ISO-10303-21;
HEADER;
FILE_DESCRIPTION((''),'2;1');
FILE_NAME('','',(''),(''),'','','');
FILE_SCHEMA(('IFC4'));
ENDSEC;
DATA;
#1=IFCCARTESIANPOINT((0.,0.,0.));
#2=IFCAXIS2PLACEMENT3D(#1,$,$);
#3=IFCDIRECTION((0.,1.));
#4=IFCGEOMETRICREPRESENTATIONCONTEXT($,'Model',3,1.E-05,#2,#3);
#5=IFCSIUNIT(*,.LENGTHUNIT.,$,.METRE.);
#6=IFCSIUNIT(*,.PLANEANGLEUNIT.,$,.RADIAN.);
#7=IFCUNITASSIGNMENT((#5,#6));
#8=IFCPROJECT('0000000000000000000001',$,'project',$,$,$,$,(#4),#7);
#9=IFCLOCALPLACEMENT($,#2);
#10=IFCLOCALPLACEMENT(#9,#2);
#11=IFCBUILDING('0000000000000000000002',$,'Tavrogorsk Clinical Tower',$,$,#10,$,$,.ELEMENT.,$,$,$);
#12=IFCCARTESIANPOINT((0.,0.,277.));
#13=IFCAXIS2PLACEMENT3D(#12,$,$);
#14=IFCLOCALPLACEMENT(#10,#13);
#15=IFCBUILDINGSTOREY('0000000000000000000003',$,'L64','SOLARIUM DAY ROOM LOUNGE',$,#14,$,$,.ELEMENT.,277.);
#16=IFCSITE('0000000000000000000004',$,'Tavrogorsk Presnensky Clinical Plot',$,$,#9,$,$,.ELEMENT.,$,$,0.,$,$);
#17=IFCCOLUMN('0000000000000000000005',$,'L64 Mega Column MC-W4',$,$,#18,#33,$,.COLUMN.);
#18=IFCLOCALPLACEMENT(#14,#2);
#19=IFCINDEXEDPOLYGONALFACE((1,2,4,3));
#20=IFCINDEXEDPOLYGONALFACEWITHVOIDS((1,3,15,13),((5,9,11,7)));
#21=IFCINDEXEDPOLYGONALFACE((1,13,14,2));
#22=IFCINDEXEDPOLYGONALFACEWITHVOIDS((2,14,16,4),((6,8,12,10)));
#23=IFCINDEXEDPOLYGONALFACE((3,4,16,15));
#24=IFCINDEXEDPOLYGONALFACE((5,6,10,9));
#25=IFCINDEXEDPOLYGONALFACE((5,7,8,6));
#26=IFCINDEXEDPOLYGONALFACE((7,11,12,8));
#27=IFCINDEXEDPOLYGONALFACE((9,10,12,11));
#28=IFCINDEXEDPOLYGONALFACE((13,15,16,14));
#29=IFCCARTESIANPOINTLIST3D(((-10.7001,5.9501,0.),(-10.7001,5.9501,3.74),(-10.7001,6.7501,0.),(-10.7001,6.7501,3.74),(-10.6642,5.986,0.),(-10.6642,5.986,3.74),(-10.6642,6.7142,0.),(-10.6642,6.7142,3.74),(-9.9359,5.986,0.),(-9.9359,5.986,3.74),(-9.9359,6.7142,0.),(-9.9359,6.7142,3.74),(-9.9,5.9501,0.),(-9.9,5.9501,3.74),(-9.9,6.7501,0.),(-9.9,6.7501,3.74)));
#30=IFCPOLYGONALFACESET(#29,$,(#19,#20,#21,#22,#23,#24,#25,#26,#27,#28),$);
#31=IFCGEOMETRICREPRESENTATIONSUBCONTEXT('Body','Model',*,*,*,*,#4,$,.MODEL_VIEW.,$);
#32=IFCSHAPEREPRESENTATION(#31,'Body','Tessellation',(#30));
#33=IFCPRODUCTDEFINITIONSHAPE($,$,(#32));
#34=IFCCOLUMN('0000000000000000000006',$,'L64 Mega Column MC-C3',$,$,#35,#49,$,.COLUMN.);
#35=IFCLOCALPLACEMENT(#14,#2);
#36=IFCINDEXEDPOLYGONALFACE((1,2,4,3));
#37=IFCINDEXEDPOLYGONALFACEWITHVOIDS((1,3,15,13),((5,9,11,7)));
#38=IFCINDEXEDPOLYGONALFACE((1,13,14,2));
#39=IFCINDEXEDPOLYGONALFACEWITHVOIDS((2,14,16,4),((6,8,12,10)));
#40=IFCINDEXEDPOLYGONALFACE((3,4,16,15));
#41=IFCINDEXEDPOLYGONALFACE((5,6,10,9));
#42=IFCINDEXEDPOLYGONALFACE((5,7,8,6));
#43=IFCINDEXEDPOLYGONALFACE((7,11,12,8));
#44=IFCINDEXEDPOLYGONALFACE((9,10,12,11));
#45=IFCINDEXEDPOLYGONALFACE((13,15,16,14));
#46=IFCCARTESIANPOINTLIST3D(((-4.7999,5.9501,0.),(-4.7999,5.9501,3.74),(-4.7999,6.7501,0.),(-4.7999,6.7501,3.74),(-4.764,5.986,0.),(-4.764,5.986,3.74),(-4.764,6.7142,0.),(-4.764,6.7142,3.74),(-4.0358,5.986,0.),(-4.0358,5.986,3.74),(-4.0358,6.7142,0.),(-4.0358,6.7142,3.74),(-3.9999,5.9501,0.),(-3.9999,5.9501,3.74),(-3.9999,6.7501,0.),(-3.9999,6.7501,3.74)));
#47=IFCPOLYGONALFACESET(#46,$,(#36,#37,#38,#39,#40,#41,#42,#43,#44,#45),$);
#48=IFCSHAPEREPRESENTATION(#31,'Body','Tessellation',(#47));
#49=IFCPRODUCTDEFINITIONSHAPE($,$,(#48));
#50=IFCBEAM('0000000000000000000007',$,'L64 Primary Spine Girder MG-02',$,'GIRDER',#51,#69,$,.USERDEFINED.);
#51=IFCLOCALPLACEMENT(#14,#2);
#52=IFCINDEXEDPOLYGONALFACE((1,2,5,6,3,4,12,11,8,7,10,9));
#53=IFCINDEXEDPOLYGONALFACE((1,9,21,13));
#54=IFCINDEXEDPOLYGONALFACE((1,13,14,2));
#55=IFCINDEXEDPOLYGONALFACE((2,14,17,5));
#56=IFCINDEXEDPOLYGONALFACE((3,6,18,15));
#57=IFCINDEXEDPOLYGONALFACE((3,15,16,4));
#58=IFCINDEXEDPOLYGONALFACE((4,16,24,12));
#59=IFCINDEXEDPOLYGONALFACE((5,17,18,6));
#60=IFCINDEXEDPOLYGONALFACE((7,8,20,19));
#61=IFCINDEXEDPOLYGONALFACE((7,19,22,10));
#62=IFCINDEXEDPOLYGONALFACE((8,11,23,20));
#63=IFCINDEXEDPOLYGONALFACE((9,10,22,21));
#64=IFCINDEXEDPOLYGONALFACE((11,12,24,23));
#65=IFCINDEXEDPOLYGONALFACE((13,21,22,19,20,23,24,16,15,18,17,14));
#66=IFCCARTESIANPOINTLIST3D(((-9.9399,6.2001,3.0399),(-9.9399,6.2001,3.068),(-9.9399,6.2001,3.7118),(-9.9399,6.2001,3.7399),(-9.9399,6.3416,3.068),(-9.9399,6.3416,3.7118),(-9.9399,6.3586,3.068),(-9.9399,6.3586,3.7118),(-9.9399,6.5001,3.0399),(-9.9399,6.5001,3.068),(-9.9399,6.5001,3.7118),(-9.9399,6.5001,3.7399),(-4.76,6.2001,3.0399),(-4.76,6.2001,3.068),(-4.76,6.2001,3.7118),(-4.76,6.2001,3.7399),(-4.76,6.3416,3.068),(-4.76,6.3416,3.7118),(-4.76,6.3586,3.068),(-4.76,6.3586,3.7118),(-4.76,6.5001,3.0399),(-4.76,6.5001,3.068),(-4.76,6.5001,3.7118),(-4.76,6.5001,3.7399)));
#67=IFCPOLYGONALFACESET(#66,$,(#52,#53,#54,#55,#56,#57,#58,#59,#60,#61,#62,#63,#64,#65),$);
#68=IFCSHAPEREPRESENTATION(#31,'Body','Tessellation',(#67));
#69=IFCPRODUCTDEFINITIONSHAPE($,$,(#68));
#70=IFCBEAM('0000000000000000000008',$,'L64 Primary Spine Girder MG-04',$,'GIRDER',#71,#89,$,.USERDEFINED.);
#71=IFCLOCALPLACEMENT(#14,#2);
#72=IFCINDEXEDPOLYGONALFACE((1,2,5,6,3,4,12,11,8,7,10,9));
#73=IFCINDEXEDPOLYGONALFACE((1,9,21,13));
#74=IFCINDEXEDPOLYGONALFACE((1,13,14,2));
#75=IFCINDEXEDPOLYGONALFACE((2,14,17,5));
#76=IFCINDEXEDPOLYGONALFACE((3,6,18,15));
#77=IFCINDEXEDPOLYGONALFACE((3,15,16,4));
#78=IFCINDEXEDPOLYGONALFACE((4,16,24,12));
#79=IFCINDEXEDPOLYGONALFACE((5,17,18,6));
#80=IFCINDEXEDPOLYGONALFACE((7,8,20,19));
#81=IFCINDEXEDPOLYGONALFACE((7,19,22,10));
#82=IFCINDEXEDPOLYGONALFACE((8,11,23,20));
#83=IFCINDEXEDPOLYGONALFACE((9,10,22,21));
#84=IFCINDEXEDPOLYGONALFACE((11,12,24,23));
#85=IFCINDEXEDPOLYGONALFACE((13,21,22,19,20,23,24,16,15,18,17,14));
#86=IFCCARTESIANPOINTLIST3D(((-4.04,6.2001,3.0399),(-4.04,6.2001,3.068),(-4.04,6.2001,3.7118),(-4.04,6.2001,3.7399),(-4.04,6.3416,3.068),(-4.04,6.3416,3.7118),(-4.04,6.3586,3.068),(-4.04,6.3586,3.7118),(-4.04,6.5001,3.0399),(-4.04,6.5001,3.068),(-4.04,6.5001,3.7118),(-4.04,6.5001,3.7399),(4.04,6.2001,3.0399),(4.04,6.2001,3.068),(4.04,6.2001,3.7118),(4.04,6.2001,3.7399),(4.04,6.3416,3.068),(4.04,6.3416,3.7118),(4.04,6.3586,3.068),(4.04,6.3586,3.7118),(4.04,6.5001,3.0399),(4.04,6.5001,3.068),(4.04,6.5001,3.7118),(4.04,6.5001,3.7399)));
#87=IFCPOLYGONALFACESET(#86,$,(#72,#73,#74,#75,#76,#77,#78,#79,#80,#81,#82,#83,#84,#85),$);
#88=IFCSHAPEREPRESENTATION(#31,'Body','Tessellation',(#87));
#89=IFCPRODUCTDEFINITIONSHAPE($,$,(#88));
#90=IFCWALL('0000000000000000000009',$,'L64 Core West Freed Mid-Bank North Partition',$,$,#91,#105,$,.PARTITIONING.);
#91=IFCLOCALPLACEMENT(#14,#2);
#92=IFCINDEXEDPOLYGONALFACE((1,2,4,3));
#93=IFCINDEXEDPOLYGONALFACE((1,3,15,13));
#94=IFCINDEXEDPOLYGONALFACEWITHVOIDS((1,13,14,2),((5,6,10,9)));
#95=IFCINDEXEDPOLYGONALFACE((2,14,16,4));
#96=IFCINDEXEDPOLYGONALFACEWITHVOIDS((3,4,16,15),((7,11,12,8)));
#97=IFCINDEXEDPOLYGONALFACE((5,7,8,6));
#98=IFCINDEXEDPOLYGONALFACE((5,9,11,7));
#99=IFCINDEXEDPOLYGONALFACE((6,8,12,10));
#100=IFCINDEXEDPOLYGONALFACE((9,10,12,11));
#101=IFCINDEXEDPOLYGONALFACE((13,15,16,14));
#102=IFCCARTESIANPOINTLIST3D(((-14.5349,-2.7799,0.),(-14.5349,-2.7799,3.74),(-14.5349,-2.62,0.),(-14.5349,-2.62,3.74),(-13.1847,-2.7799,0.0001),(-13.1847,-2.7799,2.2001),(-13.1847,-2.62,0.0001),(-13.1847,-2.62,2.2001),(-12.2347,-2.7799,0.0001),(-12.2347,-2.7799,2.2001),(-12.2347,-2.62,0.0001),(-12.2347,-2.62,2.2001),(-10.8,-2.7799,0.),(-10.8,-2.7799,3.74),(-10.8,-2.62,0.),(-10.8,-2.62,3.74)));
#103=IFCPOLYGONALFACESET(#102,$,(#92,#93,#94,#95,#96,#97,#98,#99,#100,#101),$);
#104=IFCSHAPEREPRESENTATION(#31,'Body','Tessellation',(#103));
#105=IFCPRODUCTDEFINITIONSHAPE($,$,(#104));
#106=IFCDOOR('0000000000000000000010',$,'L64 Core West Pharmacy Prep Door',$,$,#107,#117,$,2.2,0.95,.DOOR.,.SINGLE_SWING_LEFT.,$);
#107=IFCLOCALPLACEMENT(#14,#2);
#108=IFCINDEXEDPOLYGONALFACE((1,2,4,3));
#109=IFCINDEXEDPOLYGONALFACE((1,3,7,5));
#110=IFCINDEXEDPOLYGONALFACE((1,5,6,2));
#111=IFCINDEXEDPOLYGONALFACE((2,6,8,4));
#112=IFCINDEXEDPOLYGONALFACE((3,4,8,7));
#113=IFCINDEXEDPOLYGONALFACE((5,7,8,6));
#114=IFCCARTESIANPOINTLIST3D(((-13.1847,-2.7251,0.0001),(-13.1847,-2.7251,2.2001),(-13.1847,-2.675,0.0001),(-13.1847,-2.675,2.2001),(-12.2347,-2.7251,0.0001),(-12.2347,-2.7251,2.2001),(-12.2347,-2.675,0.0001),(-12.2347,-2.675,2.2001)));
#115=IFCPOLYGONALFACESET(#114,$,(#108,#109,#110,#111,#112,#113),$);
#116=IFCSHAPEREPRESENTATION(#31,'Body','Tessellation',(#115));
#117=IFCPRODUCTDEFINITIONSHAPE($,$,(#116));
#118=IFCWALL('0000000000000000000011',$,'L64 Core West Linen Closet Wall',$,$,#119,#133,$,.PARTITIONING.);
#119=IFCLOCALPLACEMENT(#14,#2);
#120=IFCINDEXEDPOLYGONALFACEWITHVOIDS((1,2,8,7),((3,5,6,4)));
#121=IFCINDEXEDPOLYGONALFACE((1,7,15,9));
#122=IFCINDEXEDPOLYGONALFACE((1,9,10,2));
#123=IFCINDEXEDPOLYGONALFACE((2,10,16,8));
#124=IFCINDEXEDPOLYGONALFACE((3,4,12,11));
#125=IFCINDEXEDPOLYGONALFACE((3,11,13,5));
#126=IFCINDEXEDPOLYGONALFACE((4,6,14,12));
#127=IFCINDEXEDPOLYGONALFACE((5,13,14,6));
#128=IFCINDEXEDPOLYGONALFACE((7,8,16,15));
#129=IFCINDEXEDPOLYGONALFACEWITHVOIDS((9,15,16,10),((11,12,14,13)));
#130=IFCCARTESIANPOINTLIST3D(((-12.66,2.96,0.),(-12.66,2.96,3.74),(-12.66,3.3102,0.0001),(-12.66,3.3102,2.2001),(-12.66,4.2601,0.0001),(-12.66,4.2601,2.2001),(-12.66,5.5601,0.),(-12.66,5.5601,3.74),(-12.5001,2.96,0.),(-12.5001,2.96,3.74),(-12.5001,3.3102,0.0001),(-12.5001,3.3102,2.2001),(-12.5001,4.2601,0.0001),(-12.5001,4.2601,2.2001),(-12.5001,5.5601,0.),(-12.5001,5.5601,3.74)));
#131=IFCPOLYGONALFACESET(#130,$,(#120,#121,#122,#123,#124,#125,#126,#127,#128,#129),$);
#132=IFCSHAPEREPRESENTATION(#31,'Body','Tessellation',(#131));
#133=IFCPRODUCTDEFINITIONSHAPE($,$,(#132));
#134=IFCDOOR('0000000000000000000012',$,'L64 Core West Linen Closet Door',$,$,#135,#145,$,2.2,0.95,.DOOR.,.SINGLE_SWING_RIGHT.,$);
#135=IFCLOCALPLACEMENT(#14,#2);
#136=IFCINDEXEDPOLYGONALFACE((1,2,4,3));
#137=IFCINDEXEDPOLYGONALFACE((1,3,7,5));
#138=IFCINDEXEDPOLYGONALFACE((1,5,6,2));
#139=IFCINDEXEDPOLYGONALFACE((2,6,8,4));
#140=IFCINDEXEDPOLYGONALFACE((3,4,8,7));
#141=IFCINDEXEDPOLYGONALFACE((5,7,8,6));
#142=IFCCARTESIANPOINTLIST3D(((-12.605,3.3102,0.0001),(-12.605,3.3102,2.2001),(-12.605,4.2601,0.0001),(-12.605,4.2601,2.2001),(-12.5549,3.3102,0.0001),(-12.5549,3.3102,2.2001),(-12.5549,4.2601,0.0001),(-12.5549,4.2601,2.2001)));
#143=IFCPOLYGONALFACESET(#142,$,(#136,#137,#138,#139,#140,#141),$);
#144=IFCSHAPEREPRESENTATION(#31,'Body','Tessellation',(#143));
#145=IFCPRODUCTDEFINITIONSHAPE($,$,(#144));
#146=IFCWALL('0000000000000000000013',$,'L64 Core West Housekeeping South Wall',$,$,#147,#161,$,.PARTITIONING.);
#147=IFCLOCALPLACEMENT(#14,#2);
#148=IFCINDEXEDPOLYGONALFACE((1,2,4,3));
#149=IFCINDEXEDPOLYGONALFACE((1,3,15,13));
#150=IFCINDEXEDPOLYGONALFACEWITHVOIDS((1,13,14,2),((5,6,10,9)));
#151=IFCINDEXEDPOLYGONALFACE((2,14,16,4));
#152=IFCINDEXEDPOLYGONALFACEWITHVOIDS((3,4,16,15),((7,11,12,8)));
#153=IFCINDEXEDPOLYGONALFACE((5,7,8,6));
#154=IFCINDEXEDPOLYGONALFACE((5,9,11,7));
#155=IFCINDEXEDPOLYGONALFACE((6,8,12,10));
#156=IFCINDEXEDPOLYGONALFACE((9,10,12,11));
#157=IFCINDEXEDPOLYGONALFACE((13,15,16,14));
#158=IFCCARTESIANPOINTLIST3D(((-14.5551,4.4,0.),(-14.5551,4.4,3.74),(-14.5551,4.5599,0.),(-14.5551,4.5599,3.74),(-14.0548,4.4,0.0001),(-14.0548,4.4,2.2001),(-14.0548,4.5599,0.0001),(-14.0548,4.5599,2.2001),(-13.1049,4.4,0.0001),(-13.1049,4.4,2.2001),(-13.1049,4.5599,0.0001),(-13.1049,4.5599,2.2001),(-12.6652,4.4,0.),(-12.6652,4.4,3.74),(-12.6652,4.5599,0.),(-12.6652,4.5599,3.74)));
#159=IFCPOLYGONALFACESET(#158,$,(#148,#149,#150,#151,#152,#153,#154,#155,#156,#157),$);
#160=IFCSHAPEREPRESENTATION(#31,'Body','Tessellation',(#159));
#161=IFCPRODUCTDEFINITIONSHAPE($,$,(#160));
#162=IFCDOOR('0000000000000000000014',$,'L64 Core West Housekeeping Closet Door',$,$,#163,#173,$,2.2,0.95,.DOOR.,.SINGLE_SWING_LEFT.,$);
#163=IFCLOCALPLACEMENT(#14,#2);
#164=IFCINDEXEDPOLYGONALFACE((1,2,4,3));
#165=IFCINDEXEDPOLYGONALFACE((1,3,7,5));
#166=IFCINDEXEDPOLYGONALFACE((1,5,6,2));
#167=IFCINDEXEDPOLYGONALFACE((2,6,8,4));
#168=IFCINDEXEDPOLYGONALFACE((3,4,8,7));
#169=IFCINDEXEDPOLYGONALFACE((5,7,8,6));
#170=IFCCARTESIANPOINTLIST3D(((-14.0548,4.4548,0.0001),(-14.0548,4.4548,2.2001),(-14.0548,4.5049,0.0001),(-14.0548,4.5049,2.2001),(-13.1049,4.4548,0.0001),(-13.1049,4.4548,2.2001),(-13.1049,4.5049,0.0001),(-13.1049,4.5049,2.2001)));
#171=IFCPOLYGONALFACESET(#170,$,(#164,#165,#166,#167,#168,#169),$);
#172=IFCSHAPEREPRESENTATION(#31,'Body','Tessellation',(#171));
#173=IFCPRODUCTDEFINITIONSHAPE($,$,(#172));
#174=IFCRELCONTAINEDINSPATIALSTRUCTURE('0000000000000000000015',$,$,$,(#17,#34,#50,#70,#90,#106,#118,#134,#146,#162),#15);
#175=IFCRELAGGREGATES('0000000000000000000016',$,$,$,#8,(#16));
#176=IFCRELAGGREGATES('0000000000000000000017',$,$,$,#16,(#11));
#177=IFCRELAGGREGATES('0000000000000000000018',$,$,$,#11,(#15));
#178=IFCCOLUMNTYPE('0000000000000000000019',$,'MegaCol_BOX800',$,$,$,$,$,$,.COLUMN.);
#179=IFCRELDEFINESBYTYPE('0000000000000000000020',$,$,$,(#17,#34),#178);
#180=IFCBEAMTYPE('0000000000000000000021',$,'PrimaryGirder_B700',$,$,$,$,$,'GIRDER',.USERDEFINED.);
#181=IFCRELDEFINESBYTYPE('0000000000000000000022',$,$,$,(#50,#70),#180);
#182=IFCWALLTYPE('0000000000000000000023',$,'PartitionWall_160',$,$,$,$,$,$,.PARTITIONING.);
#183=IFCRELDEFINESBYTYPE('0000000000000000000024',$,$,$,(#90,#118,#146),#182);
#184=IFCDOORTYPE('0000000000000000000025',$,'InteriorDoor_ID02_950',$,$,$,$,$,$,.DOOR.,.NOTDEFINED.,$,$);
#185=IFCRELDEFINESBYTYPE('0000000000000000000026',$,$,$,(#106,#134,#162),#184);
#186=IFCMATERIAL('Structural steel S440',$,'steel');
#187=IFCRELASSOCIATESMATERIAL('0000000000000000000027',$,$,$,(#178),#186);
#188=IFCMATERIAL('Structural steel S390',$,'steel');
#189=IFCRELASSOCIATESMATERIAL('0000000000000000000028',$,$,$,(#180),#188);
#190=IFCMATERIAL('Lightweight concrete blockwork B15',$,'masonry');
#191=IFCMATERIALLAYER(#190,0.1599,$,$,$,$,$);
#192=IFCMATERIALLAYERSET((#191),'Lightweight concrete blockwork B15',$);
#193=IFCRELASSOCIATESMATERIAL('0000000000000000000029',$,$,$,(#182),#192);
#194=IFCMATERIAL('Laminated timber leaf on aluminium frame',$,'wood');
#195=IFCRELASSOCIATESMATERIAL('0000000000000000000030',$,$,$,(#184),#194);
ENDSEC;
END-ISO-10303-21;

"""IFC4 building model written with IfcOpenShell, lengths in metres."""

from ifc_helpers import new_model, si_unit, direction, frame, frame_2d, origin, origin_2d, place, context, subcontext, project, spatial, rectangle, hollow_rectangle, i_section, extrude, material, layer, layer_set, material_profile, profile_set, type_object, element, fill, save


model = new_model("IFC4")

# Units and contexts
model_context = context("Model", 3, precision=1e-05, world=origin(), true_north=direction((0.0, 1.0)))
body_context = subcontext(model_context, "Body", "Model", "MODEL_VIEW")
ifc_project = project(units=[si_unit("LENGTHUNIT", "METRE"), si_unit("PLANEANGLEUNIT", "RADIAN")], contexts=[model_context])

# Site, building, storey
site_placement = place(None, origin())
site = spatial("IfcSite", under=ifc_project, at=site_placement, Name="Tavrogorsk Presnensky Clinical Plot", CompositionType="ELEMENT", RefElevation=0.0)
building_placement = place(site_placement, origin())
building = spatial("IfcBuilding", under=site, at=building_placement, Name="Tavrogorsk Clinical Tower", CompositionType="ELEMENT")
storey_placement = place(building_placement, frame((0.0, 0.0, 277.0)))
storey = spatial("IfcBuildingStorey", under=building, at=storey_placement, Name="L64", Description="SOLARIUM DAY ROOM LOUNGE", CompositionType="ELEMENT", Elevation=277.0)

# Columns
ifc_material_1 = material(Name="Structural steel S440", Category="steel")
ifc_material_profile_1 = material_profile(ifc_material_1, hollow_rectangle(XDim=0.8, YDim=0.8, WallThickness=0.0359, at=origin_2d()), Name="BOX-800x800x36")
ifc_profile_set_1 = profile_set([ifc_material_profile_1], Name="Structural steel S440")
column_type = type_object("IfcColumnType", Name="MegaCol_BOX800", PredefinedType="COLUMN", material=ifc_profile_set_1)
for number, where, z_axis, x_axis, name in (
    (1, (-10.3, 6.3501, 0.0), (0.0, 0.0, 1.0), (1.0, 0.0, 0.0), "L64 Mega Column MC-W4"),
    (2, (-4.3999, 6.3501, 0.0), (0.0, 0.0, 1.0), (1.0, 0.0, 0.0), "L64 Mega Column MC-C3"),
):
    element("IfcColumn", number, at=place(storey_placement, frame(where, z_axis=z_axis, x_axis=x_axis)), inside=storey, type_object=column_type, Name=name, PredefinedType="COLUMN", context=body_context, shape_type="SweptSolid", body=[
        extrude(hollow_rectangle(XDim=0.8, YDim=0.8, WallThickness=0.0359, at=origin_2d()), origin(), (0.0, 0.0, 1.0), 3.74),
    ])

# Beams
ifc_material_2 = material(Name="Structural steel S390", Category="steel")
ifc_material_profile_2 = material_profile(ifc_material_2, i_section(OverallWidth=0.3, OverallDepth=0.7, WebThickness=0.0171, FlangeThickness=0.0281, at=origin_2d()), Name="B-700x300x17x28")
ifc_profile_set_2 = profile_set([ifc_material_profile_2], Name="Structural steel S390")
beam_type = type_object("IfcBeamType", Name="PrimaryGirder_B700", ElementType="GIRDER", PredefinedType="USERDEFINED", material=ifc_profile_set_2)
beam_1_placement = place(storey_placement, frame((-9.9399, 6.3501, 3.3899), z_axis=(1.0, 0.0, 0.0), x_axis=(0.0, 1.0, 0.0)))
element("IfcBeam", 3, at=beam_1_placement, inside=storey, type_object=beam_type, Name="L64 Primary Spine Girder MG-02", ObjectType="GIRDER", PredefinedType="USERDEFINED", context=body_context, shape_type="SweptSolid", body=[
    extrude(i_section(OverallWidth=0.3, OverallDepth=0.7, WebThickness=0.0171, FlangeThickness=0.0281, at=origin_2d()), origin(), (0.0, 0.0, 1.0), 5.1799),
])
beam_2_placement = place(storey_placement, frame((-4.04, 6.3501, 3.3899), z_axis=(1.0, 0.0, 0.0), x_axis=(0.0, 1.0, 0.0)))
element("IfcBeam", 4, at=beam_2_placement, inside=storey, type_object=beam_type, Name="L64 Primary Spine Girder MG-04", ObjectType="GIRDER", PredefinedType="USERDEFINED", context=body_context, shape_type="SweptSolid", body=[
    extrude(i_section(OverallWidth=0.3, OverallDepth=0.7, WebThickness=0.0171, FlangeThickness=0.0281, at=origin_2d()), origin(), (0.0, 0.0, 1.0), 8.0801),
])

# Walls, openings, doors
ifc_material_3 = material(Name="Lightweight concrete blockwork B15", Category="masonry")
ifc_layer_1 = layer(ifc_material_3, 0.1599)
ifc_layer_set_1 = layer_set([ifc_layer_1], Name="Lightweight concrete blockwork B15")
wall_type_1 = type_object("IfcWallType", Name="PartitionWall_160", PredefinedType="PARTITIONING", material=ifc_layer_set_1)
wall_1_placement = place(storey_placement, frame((-14.5349, -2.7, 0.0), z_axis=(0.0, 0.0, 1.0), x_axis=(1.0, 0.0, 0.0)))
wall_1 = element("IfcWall", 5, at=wall_1_placement, inside=storey, type_object=wall_type_1, Name="L64 Core West Freed Mid-Bank North Partition", PredefinedType="PARTITIONING", context=body_context, shape_type="SweptSolid", body=[
    extrude(rectangle(XDim=3.7349, YDim=0.1599, at=frame_2d((1.8674, 0.0))), origin(), (0.0, 0.0, 1.0), 3.74),
])
opening_1_placement = place(wall_1_placement, frame((1.3501, 0.0, 0.0)))
opening_1 = element("IfcOpeningElement", 6, at=opening_1_placement, cuts=wall_1, PredefinedType="OPENING", context=body_context, shape_type="SweptSolid", body=[
    extrude(rectangle(XDim=0.95, YDim=2.2, at=frame_2d((0.4751, 1.1001))), frame((0.0, 0.0898, 0.0), z_axis=(0.0, -1.0, 0.0), x_axis=(1.0, 0.0, 0.0)), (0.0, 0.0, 1.0), 0.1799),
])
ifc_material_4 = material(Name="Laminated timber leaf on aluminium frame", Category="wood")
door_type_1 = type_object("IfcDoorType", Name="InteriorDoor_ID02_950", OperationType="NOTDEFINED", PredefinedType="DOOR", material=ifc_material_4)
door_1_placement = place(opening_1_placement, origin())
door_1 = element("IfcDoor", 7, at=door_1_placement, inside=storey, type_object=door_type_1, Name="L64 Core West Pharmacy Prep Door", OperationType="SINGLE_SWING_LEFT", OverallHeight=2.2, OverallWidth=0.95, PredefinedType="DOOR", context=body_context, shape_type="SweptSolid", body=[
    extrude(rectangle(XDim=0.95, YDim=2.2, at=frame_2d((0.4751, 1.1001))), frame((0.0, 0.0249, 0.0), z_axis=(0.0, -1.0, 0.0), x_axis=(1.0, 0.0, 0.0)), (0.0, 0.0, 1.0), 0.05),
])
fill(opening_1, door_1)
wall_2_placement = place(storey_placement, frame((-12.5801, 2.96, 0.0), z_axis=(0.0, 0.0, 1.0), x_axis=(0.0, 1.0, 0.0)))
wall_2 = element("IfcWall", 8, at=wall_2_placement, inside=storey, type_object=wall_type_1, Name="L64 Core West Linen Closet Wall", PredefinedType="PARTITIONING", context=body_context, shape_type="SweptSolid", body=[
    extrude(rectangle(XDim=2.6001, YDim=0.1599, at=frame_2d((1.3, 0.0))), origin(), (0.0, 0.0, 1.0), 3.74),
])
opening_2_placement = place(wall_2_placement, frame((0.3501, 0.0, 0.0)))
opening_2 = element("IfcOpeningElement", 9, at=opening_2_placement, cuts=wall_2, PredefinedType="OPENING", context=body_context, shape_type="SweptSolid", body=[
    extrude(rectangle(XDim=0.95, YDim=2.2, at=frame_2d((0.4751, 1.1001))), frame((0.0, 0.0898, 0.0), z_axis=(0.0, -1.0, 0.0), x_axis=(1.0, 0.0, 0.0)), (0.0, 0.0, 1.0), 0.1799),
])
door_2_placement = place(opening_2_placement, origin())
door_2 = element("IfcDoor", 10, at=door_2_placement, inside=storey, type_object=door_type_1, Name="L64 Core West Linen Closet Door", OperationType="SINGLE_SWING_RIGHT", OverallHeight=2.2, OverallWidth=0.95, PredefinedType="DOOR", context=body_context, shape_type="SweptSolid", body=[
    extrude(rectangle(XDim=0.95, YDim=2.2, at=frame_2d((0.4751, 1.1001))), frame((0.0, 0.0249, 0.0), z_axis=(0.0, -1.0, 0.0), x_axis=(1.0, 0.0, 0.0)), (0.0, 0.0, 1.0), 0.05),
])
fill(opening_2, door_2)
wall_3_placement = place(storey_placement, frame((-14.5549, 4.48, 0.0), z_axis=(0.0, 0.0, 1.0), x_axis=(1.0, 0.0, 0.0)))
wall_3 = element("IfcWall", 11, at=wall_3_placement, inside=storey, type_object=wall_type_1, Name="L64 Core West Housekeeping South Wall", PredefinedType="PARTITIONING", context=body_context, shape_type="SweptSolid", body=[
    extrude(rectangle(XDim=1.8899, YDim=0.1599, at=frame_2d((0.9448, 0.0))), origin(), (0.0, 0.0, 1.0), 3.74),
])
opening_3_placement = place(wall_3_placement, frame((0.5, 0.0, 0.0)))
opening_3 = element("IfcOpeningElement", 12, at=opening_3_placement, cuts=wall_3, PredefinedType="OPENING", context=body_context, shape_type="SweptSolid", body=[
    extrude(rectangle(XDim=0.95, YDim=2.2, at=frame_2d((0.4751, 1.1001))), frame((0.0, 0.0898, 0.0), z_axis=(0.0, -1.0, 0.0), x_axis=(1.0, 0.0, 0.0)), (0.0, 0.0, 1.0), 0.1799),
])
door_3_placement = place(opening_3_placement, origin())
door_3 = element("IfcDoor", 13, at=door_3_placement, inside=storey, type_object=door_type_1, Name="L64 Core West Housekeeping Closet Door", OperationType="SINGLE_SWING_LEFT", OverallHeight=2.2, OverallWidth=0.95, PredefinedType="DOOR", context=body_context, shape_type="SweptSolid", body=[
    extrude(rectangle(XDim=0.95, YDim=2.2, at=frame_2d((0.4751, 1.1001))), frame((0.0, 0.0249, 0.0), z_axis=(0.0, -1.0, 0.0), x_axis=(1.0, 0.0, 0.0)), (0.0, 0.0, 1.0), 0.05),
])
fill(opening_3, door_3)

save(model, "model.ifc")
